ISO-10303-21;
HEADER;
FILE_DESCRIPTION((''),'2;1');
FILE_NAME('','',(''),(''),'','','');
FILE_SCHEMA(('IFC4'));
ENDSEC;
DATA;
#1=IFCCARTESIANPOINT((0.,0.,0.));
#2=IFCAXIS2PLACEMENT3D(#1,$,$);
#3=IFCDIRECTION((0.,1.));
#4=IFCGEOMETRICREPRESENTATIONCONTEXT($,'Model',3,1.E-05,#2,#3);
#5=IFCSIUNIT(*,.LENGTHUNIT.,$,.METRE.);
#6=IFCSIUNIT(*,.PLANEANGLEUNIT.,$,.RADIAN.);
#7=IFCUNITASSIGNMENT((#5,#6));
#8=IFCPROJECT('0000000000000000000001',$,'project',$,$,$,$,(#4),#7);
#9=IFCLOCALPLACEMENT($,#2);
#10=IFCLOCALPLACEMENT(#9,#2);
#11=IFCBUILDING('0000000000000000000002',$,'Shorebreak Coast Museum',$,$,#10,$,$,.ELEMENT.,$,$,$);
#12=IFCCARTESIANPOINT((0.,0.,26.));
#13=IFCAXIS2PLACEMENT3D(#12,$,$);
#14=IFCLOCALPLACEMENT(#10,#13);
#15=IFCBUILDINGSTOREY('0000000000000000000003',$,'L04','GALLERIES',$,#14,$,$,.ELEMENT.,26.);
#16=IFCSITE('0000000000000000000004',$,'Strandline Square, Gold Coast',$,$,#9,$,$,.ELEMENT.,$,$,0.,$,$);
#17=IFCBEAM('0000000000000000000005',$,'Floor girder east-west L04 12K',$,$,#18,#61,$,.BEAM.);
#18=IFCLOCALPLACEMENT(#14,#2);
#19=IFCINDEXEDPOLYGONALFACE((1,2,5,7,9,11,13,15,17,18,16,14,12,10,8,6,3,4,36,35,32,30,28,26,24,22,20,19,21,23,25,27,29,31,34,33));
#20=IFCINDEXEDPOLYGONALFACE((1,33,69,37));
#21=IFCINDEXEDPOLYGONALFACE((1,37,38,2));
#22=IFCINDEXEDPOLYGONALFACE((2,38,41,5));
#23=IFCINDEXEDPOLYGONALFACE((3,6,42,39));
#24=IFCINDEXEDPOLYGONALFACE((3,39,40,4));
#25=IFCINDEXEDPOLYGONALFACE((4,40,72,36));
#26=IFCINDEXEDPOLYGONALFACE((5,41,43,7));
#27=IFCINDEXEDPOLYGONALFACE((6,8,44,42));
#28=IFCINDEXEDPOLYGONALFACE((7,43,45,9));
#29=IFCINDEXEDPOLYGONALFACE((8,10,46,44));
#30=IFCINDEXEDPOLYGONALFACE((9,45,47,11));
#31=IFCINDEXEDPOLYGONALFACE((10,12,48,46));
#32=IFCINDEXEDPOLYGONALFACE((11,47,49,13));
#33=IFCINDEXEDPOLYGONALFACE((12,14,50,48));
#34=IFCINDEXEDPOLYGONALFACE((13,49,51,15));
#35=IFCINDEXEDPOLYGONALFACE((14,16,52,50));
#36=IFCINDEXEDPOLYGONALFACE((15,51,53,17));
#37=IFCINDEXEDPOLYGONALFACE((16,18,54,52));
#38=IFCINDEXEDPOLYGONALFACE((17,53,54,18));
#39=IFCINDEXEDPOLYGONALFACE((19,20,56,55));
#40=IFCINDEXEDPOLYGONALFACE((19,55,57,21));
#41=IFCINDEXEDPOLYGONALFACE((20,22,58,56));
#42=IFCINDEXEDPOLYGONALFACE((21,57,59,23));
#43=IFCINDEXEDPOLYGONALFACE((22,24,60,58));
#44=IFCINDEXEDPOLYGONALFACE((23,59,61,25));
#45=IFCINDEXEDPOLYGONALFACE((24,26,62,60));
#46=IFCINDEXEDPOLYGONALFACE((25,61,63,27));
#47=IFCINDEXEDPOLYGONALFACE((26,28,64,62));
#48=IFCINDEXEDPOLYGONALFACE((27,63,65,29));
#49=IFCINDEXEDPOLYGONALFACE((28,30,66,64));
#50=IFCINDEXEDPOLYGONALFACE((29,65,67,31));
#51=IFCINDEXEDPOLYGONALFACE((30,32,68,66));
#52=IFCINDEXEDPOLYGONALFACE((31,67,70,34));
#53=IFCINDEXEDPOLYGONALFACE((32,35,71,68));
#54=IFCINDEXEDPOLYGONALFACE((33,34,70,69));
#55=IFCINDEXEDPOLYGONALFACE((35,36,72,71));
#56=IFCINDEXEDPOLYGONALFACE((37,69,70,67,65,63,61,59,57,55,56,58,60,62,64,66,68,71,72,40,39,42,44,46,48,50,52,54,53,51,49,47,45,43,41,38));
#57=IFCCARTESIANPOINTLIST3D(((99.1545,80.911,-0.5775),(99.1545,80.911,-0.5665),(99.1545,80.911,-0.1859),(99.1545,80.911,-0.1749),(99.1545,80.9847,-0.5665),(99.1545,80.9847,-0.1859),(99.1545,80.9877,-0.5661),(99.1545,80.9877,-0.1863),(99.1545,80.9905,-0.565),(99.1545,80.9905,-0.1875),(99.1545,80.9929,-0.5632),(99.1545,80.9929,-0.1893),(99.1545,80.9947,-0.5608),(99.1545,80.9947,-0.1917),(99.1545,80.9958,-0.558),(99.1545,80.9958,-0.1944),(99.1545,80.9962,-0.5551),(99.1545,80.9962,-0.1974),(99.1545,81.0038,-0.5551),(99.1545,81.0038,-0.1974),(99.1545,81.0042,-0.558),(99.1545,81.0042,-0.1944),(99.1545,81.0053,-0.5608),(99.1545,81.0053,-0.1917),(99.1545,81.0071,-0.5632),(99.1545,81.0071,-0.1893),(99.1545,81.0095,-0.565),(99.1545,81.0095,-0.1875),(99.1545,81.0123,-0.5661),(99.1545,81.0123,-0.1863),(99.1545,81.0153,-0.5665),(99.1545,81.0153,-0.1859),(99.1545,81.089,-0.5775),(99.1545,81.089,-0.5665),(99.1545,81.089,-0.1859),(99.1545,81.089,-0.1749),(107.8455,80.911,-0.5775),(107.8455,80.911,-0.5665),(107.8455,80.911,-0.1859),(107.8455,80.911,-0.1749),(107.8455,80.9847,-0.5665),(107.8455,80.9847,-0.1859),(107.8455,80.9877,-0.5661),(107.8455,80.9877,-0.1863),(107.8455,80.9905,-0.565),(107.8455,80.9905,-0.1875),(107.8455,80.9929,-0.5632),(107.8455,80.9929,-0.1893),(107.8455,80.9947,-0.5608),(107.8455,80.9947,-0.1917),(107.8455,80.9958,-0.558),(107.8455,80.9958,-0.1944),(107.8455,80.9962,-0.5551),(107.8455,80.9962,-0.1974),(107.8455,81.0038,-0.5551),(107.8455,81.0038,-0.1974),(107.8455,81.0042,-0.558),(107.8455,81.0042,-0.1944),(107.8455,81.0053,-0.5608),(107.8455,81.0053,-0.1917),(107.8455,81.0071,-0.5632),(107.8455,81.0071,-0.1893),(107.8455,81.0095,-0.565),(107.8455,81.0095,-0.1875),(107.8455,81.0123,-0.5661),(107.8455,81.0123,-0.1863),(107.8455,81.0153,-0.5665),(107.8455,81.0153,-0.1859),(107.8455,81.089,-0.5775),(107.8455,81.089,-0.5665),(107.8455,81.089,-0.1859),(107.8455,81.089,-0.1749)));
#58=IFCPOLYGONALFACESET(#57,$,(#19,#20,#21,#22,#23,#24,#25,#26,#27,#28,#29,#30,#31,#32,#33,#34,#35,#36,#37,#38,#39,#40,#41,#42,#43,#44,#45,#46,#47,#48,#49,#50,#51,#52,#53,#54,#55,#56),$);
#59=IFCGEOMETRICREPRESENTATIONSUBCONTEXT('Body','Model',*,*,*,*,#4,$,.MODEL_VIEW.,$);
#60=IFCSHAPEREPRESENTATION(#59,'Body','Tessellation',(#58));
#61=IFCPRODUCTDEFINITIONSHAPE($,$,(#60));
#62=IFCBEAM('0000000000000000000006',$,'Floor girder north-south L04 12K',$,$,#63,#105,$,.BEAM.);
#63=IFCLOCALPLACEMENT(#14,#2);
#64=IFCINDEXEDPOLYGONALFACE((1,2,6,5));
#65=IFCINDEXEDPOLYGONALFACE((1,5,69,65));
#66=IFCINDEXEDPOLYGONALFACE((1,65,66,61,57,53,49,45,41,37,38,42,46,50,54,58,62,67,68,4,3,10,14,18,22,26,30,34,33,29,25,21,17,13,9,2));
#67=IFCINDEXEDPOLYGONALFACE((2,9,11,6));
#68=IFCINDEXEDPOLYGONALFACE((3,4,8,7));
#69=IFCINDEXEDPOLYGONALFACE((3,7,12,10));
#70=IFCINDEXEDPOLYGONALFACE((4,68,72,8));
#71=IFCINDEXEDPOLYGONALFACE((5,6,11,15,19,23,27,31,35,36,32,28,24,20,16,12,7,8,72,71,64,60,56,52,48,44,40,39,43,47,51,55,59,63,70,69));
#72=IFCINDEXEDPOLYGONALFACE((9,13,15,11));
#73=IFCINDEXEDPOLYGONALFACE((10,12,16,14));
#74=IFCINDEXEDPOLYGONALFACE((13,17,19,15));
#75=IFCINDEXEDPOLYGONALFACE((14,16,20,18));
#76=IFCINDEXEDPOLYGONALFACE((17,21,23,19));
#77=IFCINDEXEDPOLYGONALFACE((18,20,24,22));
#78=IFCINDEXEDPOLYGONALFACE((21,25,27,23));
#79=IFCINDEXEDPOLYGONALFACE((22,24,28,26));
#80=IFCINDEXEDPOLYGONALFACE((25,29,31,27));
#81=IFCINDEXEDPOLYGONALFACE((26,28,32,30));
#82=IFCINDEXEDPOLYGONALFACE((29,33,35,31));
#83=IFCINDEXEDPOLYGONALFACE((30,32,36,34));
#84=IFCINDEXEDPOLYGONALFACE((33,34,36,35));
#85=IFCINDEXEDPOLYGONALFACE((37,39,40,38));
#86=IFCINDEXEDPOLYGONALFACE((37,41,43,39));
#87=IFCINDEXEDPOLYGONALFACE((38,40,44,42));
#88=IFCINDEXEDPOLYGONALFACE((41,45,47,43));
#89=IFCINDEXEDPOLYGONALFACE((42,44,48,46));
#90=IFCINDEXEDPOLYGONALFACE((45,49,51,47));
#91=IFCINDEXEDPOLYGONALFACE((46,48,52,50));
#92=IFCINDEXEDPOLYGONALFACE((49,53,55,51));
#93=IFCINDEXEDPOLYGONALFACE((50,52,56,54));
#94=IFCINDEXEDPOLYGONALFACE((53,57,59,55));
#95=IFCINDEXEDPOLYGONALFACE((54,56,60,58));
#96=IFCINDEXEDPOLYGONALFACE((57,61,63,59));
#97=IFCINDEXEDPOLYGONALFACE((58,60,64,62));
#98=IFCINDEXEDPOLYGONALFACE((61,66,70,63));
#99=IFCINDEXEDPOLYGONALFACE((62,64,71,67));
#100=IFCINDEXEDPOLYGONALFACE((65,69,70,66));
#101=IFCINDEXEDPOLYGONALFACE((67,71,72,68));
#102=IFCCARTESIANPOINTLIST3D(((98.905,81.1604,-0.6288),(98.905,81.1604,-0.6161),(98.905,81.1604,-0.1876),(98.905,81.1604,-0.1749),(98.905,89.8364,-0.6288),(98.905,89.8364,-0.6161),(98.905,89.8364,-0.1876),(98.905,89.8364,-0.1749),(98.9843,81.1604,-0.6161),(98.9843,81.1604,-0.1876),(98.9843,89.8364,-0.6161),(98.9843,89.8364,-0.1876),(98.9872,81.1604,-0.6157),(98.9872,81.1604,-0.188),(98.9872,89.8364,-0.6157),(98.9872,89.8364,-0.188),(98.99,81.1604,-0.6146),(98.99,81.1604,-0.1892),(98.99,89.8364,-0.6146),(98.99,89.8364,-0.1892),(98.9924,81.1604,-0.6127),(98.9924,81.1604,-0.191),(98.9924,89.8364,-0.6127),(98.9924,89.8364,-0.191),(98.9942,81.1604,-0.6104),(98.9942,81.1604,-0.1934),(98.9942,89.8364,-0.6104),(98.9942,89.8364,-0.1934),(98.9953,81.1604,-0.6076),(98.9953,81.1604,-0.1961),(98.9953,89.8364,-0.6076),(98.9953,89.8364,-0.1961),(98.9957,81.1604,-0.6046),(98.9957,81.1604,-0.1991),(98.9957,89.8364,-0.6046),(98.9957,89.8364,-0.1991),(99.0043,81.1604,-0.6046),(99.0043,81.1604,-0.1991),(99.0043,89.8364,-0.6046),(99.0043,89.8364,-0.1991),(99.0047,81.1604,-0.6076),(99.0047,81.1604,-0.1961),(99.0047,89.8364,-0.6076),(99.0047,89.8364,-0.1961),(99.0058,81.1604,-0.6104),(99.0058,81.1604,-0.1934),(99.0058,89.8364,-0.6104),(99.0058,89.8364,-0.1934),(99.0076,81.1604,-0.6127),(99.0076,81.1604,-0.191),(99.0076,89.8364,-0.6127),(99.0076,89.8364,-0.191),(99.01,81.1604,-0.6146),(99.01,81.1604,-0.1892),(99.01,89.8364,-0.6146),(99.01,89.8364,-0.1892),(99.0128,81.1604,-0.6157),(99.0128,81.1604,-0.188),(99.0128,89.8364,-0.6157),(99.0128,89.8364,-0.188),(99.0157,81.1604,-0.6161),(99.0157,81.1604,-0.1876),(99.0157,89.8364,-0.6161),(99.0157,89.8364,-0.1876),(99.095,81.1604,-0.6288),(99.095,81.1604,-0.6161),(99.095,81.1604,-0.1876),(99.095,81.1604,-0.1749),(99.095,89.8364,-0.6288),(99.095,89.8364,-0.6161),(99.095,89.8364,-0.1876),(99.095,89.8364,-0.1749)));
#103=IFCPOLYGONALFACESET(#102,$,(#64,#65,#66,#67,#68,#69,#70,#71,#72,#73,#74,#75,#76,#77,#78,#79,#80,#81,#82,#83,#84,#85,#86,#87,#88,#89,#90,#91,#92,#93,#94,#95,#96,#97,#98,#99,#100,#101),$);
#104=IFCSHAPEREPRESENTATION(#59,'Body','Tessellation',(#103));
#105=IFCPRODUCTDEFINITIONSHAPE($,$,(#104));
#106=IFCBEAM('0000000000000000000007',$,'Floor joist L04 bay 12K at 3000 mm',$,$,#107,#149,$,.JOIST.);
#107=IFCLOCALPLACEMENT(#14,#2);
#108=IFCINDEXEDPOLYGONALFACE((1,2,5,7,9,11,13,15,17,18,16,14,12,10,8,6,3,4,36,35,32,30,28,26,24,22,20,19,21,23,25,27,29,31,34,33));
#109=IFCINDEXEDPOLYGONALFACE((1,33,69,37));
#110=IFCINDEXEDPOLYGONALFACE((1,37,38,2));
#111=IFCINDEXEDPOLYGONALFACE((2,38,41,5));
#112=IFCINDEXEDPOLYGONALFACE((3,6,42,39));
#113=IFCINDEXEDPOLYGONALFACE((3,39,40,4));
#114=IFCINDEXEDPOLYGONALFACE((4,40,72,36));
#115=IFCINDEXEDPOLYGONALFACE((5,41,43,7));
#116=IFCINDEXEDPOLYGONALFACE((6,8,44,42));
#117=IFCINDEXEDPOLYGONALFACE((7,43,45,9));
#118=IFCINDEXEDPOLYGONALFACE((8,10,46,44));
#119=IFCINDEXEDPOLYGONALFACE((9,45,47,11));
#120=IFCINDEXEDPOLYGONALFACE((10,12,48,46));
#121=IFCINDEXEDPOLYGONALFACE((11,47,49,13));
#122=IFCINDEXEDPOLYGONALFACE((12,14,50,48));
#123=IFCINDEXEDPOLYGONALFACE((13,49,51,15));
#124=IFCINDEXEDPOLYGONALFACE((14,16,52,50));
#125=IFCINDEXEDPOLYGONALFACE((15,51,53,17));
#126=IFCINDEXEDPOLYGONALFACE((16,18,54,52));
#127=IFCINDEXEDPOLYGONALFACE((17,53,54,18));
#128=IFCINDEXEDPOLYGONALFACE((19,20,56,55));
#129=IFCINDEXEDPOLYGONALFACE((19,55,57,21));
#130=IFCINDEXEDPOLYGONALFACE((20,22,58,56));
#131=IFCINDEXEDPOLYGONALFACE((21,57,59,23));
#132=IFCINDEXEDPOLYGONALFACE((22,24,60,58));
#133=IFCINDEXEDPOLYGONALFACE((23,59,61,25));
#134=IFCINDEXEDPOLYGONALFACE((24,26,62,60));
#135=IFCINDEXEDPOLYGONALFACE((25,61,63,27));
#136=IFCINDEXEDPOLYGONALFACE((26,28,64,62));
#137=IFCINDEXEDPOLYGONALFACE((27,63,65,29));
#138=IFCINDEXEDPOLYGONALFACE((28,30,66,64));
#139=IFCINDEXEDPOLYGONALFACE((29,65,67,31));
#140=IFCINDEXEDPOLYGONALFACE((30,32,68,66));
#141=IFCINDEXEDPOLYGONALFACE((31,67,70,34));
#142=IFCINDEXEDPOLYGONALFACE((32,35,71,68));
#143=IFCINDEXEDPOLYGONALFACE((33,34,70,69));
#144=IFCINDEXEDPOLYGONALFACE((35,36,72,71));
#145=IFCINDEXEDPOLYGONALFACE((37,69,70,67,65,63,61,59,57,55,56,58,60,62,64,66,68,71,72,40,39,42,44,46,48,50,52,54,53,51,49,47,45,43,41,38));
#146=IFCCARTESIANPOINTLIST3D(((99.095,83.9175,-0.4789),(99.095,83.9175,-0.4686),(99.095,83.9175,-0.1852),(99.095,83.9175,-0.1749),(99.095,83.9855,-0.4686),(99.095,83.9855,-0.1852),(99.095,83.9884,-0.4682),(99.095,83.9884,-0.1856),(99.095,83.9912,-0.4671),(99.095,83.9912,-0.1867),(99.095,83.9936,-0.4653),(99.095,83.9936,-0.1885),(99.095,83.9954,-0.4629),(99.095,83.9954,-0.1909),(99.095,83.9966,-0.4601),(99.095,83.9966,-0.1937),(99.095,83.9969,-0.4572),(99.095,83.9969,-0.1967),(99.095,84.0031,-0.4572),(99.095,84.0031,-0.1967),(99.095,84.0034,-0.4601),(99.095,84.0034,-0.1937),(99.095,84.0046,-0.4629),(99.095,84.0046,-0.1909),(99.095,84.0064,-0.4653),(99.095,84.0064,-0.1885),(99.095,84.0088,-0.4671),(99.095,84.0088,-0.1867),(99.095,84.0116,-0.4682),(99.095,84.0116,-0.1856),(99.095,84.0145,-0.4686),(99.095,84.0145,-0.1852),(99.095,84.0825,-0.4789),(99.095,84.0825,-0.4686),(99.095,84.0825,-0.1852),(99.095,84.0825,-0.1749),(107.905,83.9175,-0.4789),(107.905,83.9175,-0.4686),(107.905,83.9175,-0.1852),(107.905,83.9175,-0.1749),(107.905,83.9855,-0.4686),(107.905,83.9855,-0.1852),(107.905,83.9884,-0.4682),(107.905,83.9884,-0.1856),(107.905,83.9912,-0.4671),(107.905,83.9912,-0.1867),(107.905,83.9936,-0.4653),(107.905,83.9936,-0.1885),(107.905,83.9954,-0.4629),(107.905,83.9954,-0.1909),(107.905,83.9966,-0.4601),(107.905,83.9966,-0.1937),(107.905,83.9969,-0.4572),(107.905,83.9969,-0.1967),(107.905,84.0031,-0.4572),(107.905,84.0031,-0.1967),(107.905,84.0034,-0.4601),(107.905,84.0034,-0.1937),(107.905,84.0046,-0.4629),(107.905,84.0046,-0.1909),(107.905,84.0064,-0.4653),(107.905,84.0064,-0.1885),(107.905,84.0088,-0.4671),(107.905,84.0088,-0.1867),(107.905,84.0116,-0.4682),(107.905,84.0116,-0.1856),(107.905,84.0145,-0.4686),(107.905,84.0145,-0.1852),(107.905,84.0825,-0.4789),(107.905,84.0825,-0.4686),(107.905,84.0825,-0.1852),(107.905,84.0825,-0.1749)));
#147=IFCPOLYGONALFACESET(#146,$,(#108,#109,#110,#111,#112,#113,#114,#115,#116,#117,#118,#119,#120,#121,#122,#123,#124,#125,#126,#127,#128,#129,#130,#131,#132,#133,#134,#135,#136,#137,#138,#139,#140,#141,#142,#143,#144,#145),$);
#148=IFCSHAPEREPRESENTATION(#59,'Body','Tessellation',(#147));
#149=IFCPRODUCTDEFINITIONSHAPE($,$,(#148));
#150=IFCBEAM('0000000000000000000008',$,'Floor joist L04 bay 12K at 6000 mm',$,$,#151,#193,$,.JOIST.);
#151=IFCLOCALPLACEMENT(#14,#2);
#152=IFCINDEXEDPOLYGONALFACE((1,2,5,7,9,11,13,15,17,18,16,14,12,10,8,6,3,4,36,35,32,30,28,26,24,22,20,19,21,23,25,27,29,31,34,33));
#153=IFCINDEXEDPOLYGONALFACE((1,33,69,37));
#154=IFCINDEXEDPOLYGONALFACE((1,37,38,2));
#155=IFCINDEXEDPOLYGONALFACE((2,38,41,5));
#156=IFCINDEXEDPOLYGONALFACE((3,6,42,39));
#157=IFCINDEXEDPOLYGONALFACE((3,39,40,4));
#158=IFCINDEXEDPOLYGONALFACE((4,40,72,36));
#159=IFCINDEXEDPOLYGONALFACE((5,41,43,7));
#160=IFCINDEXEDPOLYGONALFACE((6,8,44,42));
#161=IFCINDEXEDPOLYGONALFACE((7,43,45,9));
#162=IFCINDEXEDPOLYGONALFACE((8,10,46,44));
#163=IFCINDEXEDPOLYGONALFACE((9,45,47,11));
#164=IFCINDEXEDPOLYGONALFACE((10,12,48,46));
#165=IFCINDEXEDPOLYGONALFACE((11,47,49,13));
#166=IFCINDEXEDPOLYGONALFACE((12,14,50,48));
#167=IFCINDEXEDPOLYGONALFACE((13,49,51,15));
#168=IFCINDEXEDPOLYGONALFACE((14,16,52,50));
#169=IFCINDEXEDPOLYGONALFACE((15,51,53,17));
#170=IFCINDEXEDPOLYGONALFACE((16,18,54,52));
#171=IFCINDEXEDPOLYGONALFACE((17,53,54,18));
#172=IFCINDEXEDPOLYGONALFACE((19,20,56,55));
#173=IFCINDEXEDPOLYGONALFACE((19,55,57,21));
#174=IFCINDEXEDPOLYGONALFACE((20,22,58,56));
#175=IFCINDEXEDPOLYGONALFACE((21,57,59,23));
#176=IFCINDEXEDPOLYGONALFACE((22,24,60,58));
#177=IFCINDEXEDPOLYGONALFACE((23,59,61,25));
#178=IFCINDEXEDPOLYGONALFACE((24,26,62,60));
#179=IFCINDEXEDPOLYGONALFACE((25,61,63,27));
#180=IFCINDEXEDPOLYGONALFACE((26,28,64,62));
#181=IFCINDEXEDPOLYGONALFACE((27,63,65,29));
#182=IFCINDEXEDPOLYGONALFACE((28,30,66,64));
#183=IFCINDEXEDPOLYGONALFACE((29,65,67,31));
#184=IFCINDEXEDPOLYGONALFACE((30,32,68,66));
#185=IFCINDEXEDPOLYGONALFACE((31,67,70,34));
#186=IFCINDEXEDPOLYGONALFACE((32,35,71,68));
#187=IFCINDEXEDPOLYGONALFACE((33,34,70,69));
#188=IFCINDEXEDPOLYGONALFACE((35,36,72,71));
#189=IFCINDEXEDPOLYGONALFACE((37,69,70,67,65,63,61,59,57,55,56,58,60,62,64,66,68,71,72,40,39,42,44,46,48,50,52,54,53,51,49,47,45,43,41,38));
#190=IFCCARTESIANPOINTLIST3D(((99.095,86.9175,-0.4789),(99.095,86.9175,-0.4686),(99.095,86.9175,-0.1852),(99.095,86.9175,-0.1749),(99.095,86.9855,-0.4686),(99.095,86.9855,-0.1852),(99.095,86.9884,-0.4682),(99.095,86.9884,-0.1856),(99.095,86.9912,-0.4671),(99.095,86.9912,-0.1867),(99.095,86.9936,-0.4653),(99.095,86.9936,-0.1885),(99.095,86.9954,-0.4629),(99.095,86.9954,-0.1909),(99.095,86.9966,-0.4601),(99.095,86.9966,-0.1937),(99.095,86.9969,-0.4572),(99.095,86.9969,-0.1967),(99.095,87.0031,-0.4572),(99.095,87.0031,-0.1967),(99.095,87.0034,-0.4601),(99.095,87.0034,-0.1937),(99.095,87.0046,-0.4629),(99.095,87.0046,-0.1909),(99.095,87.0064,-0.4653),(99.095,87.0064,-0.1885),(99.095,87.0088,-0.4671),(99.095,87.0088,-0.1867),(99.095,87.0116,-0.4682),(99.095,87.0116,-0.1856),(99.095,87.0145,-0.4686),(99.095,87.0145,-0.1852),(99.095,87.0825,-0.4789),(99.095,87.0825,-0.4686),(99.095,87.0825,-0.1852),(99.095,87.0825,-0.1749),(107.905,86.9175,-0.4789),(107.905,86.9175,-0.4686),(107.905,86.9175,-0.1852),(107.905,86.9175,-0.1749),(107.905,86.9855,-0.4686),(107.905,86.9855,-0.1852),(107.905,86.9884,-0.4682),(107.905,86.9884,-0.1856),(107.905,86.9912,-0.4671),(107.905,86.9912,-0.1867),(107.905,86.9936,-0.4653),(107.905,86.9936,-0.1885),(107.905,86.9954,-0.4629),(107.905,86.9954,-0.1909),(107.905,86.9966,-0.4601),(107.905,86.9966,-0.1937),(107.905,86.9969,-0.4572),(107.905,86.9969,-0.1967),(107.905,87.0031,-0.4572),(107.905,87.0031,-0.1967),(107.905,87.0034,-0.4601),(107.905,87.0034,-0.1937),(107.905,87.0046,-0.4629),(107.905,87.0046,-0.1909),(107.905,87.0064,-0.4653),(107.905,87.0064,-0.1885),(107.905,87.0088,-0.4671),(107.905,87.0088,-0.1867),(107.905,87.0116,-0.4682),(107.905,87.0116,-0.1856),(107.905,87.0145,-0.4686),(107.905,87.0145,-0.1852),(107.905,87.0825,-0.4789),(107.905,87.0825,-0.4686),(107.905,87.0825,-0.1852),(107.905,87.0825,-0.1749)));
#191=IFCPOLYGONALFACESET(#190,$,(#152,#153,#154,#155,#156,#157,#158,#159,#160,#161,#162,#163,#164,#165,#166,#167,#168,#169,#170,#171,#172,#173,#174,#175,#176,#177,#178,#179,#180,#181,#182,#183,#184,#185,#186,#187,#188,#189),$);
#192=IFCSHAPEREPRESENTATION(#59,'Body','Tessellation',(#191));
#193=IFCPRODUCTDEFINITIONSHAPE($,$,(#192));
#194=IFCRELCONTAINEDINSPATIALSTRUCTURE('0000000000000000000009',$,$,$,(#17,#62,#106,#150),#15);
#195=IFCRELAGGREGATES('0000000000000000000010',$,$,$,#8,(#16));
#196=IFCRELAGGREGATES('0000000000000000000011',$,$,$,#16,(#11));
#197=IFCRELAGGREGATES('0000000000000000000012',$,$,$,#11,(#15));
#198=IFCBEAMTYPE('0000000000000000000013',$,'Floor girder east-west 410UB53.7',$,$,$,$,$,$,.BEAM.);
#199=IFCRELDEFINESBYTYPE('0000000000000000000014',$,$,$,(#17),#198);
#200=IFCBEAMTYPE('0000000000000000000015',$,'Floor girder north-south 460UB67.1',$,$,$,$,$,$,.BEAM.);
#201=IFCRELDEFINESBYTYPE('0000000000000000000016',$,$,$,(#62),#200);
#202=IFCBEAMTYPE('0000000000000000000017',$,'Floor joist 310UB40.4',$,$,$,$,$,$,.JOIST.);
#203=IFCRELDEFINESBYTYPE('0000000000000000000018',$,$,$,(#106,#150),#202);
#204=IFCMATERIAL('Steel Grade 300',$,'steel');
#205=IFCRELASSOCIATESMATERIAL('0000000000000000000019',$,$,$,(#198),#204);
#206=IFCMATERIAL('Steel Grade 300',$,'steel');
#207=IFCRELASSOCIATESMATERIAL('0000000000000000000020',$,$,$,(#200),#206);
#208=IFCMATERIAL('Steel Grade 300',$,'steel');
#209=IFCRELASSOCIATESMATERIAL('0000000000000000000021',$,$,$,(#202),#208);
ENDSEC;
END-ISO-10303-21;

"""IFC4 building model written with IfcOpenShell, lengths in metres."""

from ifc_helpers import new_model, si_unit, direction, frame, origin, origin_2d, place, context, subcontext, project, spatial, i_section, extrude, material, material_profile, profile_set, type_object, element, save


model = new_model("IFC4")

# Units and contexts
model_context = context("Model", 3, precision=1e-05, world=origin(), true_north=direction((0.0, 1.0)))
body_context = subcontext(model_context, "Body", "Model", "MODEL_VIEW")
ifc_project = project(units=[si_unit("LENGTHUNIT", "METRE"), si_unit("PLANEANGLEUNIT", "RADIAN")], contexts=[model_context])

# Site, building, storey
site_placement = place(None, origin())
site = spatial("IfcSite", under=ifc_project, at=site_placement, Name="Strandline Square, Gold Coast", CompositionType="ELEMENT", RefElevation=0.0)
building_placement = place(site_placement, origin())
building = spatial("IfcBuilding", under=site, at=building_placement, Name="Shorebreak Coast Museum", CompositionType="ELEMENT")
storey_placement = place(building_placement, frame((0.0, 0.0, 26.0)))
storey = spatial("IfcBuildingStorey", under=building, at=storey_placement, Name="L04", Description="GALLERIES", CompositionType="ELEMENT", Elevation=26.0)

# Beams
ifc_material_1 = material(Name="Steel Grade 300", Category="steel")
ifc_material_profile_1 = material_profile(ifc_material_1, i_section(OverallWidth=0.178, OverallDepth=0.4026, WebThickness=0.0076, FlangeThickness=0.011, FilletRadius=0.0115, at=origin_2d()), Name="410UB53.7")
ifc_profile_set_1 = profile_set([ifc_material_profile_1], Name="Steel Grade 300")
beam_type_1 = type_object("IfcBeamType", Name="Floor girder east-west 410UB53.7", PredefinedType="BEAM", material=ifc_profile_set_1)
beam_1_placement = place(storey_placement, frame((99.1545, 81.0, -0.3762), z_axis=(1.0, 0.0, 0.0), x_axis=(0.0, 1.0, 0.0)))
element("IfcBeam", 1, at=beam_1_placement, inside=storey, type_object=beam_type_1, Name="Floor girder east-west L04 12K", PredefinedType="BEAM", context=body_context, shape_type="SweptSolid", body=[
    extrude(i_section(OverallWidth=0.178, OverallDepth=0.4026, WebThickness=0.0076, FlangeThickness=0.011, FilletRadius=0.0115, at=origin_2d()), origin(), (0.0, 0.0, 1.0), 8.6909),
])
ifc_material_2 = material(Name="Steel Grade 300", Category="steel")
ifc_material_profile_2 = material_profile(ifc_material_2, i_section(OverallWidth=0.1899, OverallDepth=0.4539, WebThickness=0.0085, FlangeThickness=0.0127, FilletRadius=0.0115, at=origin_2d()), Name="460UB67.1")
ifc_profile_set_2 = profile_set([ifc_material_profile_2], Name="Steel Grade 300")
beam_type_2 = type_object("IfcBeamType", Name="Floor girder north-south 460UB67.1", PredefinedType="BEAM", material=ifc_profile_set_2)
beam_2_placement = place(storey_placement, frame((99.0, 81.1604, -0.4019), z_axis=(0.0, 1.0, 0.0), x_axis=(-1.0, 0.0, 0.0)))
element("IfcBeam", 2, at=beam_2_placement, inside=storey, type_object=beam_type_2, Name="Floor girder north-south L04 12K", PredefinedType="BEAM", context=body_context, shape_type="SweptSolid", body=[
    extrude(i_section(OverallWidth=0.1899, OverallDepth=0.4539, WebThickness=0.0085, FlangeThickness=0.0127, FilletRadius=0.0115, at=origin_2d()), origin(), (0.0, 0.0, 1.0), 8.676),
])
ifc_material_3 = material(Name="Steel Grade 300", Category="steel")
ifc_material_profile_3 = material_profile(ifc_material_3, i_section(OverallWidth=0.165, OverallDepth=0.304, WebThickness=0.0061, FlangeThickness=0.0103, FilletRadius=0.0115, at=origin_2d()), Name="310UB40.4")
ifc_profile_set_3 = profile_set([ifc_material_profile_3], Name="Steel Grade 300")
beam_type_3 = type_object("IfcBeamType", Name="Floor joist 310UB40.4", PredefinedType="JOIST", material=ifc_profile_set_3)
for number, where, z_axis, x_axis, name in (
    (3, (99.095, 84.0, -0.3269), (1.0, 0.0, 0.0), (0.0, 1.0, 0.0), "Floor joist L04 bay 12K at 3000 mm"),
    (4, (99.095, 87.0, -0.3269), (1.0, 0.0, 0.0), (0.0, 1.0, 0.0), "Floor joist L04 bay 12K at 6000 mm"),
):
    element("IfcBeam", number, at=place(storey_placement, frame(where, z_axis=z_axis, x_axis=x_axis)), inside=storey, type_object=beam_type_3, Name=name, PredefinedType="JOIST", context=body_context, shape_type="SweptSolid", body=[
        extrude(i_section(OverallWidth=0.165, OverallDepth=0.304, WebThickness=0.0061, FlangeThickness=0.0103, FilletRadius=0.0115, at=origin_2d()), origin(), (0.0, 0.0, 1.0), 8.8101),
    ])

save(model, "model.ifc")
